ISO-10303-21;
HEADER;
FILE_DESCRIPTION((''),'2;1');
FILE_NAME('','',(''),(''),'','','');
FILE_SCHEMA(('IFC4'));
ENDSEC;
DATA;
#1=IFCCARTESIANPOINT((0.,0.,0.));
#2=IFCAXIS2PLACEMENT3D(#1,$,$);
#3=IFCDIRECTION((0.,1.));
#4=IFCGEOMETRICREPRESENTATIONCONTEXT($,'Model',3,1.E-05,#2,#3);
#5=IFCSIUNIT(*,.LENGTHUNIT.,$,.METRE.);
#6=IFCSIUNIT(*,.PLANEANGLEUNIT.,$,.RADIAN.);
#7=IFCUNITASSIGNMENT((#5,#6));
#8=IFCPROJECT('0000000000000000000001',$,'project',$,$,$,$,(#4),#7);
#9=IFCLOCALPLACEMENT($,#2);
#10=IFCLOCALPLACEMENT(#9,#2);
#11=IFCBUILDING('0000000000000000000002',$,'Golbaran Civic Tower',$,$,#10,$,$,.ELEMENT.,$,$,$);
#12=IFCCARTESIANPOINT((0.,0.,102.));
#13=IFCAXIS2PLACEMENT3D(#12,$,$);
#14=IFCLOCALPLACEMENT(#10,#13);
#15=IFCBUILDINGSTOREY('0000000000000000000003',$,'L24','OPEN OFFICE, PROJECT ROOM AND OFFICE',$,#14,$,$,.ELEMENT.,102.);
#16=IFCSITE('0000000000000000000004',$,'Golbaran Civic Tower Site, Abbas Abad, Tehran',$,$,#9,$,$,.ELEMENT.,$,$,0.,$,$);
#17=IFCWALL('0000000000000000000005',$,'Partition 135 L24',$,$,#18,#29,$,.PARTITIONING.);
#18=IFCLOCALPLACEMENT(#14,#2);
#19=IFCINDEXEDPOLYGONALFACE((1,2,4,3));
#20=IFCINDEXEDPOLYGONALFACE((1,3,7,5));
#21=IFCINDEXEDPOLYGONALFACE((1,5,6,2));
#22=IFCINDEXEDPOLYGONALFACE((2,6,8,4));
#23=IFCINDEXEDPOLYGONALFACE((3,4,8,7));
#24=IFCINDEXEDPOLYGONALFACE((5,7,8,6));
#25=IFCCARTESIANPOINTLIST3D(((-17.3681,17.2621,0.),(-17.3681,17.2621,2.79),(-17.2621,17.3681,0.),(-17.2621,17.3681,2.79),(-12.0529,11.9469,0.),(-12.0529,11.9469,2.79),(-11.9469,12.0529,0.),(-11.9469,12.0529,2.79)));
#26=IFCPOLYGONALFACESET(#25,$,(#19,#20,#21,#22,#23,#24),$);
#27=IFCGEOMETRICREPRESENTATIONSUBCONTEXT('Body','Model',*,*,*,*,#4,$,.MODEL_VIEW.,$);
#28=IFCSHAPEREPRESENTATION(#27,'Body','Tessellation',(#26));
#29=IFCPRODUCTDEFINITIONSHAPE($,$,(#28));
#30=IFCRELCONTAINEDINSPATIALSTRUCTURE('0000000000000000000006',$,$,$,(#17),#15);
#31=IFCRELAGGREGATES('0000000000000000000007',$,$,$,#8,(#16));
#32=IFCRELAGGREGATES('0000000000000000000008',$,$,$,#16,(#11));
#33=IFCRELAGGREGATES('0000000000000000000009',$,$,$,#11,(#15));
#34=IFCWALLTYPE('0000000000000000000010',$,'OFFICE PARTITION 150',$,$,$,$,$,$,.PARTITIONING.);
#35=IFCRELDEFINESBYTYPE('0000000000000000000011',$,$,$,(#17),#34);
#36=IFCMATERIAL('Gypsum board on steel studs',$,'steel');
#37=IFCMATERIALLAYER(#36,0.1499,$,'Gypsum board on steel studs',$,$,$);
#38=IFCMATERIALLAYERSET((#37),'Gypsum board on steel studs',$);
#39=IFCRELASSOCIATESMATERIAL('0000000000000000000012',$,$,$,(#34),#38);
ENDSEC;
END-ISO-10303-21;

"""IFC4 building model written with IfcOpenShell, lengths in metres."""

from ifc_helpers import new_model, si_unit, direction, frame, frame_2d, origin, place, context, subcontext, project, spatial, rectangle, extrude, material, layer, layer_set, type_object, element, save


model = new_model("IFC4")

# Units and contexts
model_context = context("Model", 3, precision=1e-05, world=origin(), true_north=direction((0.0, 1.0)))
body_context = subcontext(model_context, "Body", "Model", "MODEL_VIEW")
ifc_project = project(units=[si_unit("LENGTHUNIT", "METRE"), si_unit("PLANEANGLEUNIT", "RADIAN")], contexts=[model_context])

# Site, building, storey
site_placement = place(None, origin())
site = spatial("IfcSite", under=ifc_project, at=site_placement, Name="Golbaran Civic Tower Site, Abbas Abad, Tehran", CompositionType="ELEMENT", RefElevation=0.0)
building_placement = place(site_placement, origin())
building = spatial("IfcBuilding", under=site, at=building_placement, Name="Golbaran Civic Tower", CompositionType="ELEMENT")
storey_placement = place(building_placement, frame((0.0, 0.0, 102.0)))
storey = spatial("IfcBuildingStorey", under=building, at=storey_placement, Name="L24", Description="OPEN OFFICE, PROJECT ROOM AND OFFICE", CompositionType="ELEMENT", Elevation=102.0)

# Wall
ifc_material_1 = material(Name="Gypsum board on steel studs", Category="steel")
ifc_layer_1 = layer(ifc_material_1, 0.1499, Name="Gypsum board on steel studs")
ifc_layer_set_1 = layer_set([ifc_layer_1], Name="Gypsum board on steel studs")
wall_type_1 = type_object("IfcWallType", Name="OFFICE PARTITION 150", PredefinedType="PARTITIONING", material=ifc_layer_set_1)
wall_1_placement = place(storey_placement, frame((-12.0, 12.0, 0.0), z_axis=(0.0, 0.0, 1.0), x_axis=(-0.707107, 0.707107, 0.0)))
element("IfcWall", 1, at=wall_1_placement, inside=storey, type_object=wall_type_1, Name="Partition 135 L24", PredefinedType="PARTITIONING", context=body_context, shape_type="SweptSolid", body=[
    extrude(rectangle(XDim=7.5168, YDim=0.1499, at=frame_2d((3.7583, 0.0))), origin(), (0.0, 0.0, 1.0), 2.79),
])

save(model, "model.ifc")
